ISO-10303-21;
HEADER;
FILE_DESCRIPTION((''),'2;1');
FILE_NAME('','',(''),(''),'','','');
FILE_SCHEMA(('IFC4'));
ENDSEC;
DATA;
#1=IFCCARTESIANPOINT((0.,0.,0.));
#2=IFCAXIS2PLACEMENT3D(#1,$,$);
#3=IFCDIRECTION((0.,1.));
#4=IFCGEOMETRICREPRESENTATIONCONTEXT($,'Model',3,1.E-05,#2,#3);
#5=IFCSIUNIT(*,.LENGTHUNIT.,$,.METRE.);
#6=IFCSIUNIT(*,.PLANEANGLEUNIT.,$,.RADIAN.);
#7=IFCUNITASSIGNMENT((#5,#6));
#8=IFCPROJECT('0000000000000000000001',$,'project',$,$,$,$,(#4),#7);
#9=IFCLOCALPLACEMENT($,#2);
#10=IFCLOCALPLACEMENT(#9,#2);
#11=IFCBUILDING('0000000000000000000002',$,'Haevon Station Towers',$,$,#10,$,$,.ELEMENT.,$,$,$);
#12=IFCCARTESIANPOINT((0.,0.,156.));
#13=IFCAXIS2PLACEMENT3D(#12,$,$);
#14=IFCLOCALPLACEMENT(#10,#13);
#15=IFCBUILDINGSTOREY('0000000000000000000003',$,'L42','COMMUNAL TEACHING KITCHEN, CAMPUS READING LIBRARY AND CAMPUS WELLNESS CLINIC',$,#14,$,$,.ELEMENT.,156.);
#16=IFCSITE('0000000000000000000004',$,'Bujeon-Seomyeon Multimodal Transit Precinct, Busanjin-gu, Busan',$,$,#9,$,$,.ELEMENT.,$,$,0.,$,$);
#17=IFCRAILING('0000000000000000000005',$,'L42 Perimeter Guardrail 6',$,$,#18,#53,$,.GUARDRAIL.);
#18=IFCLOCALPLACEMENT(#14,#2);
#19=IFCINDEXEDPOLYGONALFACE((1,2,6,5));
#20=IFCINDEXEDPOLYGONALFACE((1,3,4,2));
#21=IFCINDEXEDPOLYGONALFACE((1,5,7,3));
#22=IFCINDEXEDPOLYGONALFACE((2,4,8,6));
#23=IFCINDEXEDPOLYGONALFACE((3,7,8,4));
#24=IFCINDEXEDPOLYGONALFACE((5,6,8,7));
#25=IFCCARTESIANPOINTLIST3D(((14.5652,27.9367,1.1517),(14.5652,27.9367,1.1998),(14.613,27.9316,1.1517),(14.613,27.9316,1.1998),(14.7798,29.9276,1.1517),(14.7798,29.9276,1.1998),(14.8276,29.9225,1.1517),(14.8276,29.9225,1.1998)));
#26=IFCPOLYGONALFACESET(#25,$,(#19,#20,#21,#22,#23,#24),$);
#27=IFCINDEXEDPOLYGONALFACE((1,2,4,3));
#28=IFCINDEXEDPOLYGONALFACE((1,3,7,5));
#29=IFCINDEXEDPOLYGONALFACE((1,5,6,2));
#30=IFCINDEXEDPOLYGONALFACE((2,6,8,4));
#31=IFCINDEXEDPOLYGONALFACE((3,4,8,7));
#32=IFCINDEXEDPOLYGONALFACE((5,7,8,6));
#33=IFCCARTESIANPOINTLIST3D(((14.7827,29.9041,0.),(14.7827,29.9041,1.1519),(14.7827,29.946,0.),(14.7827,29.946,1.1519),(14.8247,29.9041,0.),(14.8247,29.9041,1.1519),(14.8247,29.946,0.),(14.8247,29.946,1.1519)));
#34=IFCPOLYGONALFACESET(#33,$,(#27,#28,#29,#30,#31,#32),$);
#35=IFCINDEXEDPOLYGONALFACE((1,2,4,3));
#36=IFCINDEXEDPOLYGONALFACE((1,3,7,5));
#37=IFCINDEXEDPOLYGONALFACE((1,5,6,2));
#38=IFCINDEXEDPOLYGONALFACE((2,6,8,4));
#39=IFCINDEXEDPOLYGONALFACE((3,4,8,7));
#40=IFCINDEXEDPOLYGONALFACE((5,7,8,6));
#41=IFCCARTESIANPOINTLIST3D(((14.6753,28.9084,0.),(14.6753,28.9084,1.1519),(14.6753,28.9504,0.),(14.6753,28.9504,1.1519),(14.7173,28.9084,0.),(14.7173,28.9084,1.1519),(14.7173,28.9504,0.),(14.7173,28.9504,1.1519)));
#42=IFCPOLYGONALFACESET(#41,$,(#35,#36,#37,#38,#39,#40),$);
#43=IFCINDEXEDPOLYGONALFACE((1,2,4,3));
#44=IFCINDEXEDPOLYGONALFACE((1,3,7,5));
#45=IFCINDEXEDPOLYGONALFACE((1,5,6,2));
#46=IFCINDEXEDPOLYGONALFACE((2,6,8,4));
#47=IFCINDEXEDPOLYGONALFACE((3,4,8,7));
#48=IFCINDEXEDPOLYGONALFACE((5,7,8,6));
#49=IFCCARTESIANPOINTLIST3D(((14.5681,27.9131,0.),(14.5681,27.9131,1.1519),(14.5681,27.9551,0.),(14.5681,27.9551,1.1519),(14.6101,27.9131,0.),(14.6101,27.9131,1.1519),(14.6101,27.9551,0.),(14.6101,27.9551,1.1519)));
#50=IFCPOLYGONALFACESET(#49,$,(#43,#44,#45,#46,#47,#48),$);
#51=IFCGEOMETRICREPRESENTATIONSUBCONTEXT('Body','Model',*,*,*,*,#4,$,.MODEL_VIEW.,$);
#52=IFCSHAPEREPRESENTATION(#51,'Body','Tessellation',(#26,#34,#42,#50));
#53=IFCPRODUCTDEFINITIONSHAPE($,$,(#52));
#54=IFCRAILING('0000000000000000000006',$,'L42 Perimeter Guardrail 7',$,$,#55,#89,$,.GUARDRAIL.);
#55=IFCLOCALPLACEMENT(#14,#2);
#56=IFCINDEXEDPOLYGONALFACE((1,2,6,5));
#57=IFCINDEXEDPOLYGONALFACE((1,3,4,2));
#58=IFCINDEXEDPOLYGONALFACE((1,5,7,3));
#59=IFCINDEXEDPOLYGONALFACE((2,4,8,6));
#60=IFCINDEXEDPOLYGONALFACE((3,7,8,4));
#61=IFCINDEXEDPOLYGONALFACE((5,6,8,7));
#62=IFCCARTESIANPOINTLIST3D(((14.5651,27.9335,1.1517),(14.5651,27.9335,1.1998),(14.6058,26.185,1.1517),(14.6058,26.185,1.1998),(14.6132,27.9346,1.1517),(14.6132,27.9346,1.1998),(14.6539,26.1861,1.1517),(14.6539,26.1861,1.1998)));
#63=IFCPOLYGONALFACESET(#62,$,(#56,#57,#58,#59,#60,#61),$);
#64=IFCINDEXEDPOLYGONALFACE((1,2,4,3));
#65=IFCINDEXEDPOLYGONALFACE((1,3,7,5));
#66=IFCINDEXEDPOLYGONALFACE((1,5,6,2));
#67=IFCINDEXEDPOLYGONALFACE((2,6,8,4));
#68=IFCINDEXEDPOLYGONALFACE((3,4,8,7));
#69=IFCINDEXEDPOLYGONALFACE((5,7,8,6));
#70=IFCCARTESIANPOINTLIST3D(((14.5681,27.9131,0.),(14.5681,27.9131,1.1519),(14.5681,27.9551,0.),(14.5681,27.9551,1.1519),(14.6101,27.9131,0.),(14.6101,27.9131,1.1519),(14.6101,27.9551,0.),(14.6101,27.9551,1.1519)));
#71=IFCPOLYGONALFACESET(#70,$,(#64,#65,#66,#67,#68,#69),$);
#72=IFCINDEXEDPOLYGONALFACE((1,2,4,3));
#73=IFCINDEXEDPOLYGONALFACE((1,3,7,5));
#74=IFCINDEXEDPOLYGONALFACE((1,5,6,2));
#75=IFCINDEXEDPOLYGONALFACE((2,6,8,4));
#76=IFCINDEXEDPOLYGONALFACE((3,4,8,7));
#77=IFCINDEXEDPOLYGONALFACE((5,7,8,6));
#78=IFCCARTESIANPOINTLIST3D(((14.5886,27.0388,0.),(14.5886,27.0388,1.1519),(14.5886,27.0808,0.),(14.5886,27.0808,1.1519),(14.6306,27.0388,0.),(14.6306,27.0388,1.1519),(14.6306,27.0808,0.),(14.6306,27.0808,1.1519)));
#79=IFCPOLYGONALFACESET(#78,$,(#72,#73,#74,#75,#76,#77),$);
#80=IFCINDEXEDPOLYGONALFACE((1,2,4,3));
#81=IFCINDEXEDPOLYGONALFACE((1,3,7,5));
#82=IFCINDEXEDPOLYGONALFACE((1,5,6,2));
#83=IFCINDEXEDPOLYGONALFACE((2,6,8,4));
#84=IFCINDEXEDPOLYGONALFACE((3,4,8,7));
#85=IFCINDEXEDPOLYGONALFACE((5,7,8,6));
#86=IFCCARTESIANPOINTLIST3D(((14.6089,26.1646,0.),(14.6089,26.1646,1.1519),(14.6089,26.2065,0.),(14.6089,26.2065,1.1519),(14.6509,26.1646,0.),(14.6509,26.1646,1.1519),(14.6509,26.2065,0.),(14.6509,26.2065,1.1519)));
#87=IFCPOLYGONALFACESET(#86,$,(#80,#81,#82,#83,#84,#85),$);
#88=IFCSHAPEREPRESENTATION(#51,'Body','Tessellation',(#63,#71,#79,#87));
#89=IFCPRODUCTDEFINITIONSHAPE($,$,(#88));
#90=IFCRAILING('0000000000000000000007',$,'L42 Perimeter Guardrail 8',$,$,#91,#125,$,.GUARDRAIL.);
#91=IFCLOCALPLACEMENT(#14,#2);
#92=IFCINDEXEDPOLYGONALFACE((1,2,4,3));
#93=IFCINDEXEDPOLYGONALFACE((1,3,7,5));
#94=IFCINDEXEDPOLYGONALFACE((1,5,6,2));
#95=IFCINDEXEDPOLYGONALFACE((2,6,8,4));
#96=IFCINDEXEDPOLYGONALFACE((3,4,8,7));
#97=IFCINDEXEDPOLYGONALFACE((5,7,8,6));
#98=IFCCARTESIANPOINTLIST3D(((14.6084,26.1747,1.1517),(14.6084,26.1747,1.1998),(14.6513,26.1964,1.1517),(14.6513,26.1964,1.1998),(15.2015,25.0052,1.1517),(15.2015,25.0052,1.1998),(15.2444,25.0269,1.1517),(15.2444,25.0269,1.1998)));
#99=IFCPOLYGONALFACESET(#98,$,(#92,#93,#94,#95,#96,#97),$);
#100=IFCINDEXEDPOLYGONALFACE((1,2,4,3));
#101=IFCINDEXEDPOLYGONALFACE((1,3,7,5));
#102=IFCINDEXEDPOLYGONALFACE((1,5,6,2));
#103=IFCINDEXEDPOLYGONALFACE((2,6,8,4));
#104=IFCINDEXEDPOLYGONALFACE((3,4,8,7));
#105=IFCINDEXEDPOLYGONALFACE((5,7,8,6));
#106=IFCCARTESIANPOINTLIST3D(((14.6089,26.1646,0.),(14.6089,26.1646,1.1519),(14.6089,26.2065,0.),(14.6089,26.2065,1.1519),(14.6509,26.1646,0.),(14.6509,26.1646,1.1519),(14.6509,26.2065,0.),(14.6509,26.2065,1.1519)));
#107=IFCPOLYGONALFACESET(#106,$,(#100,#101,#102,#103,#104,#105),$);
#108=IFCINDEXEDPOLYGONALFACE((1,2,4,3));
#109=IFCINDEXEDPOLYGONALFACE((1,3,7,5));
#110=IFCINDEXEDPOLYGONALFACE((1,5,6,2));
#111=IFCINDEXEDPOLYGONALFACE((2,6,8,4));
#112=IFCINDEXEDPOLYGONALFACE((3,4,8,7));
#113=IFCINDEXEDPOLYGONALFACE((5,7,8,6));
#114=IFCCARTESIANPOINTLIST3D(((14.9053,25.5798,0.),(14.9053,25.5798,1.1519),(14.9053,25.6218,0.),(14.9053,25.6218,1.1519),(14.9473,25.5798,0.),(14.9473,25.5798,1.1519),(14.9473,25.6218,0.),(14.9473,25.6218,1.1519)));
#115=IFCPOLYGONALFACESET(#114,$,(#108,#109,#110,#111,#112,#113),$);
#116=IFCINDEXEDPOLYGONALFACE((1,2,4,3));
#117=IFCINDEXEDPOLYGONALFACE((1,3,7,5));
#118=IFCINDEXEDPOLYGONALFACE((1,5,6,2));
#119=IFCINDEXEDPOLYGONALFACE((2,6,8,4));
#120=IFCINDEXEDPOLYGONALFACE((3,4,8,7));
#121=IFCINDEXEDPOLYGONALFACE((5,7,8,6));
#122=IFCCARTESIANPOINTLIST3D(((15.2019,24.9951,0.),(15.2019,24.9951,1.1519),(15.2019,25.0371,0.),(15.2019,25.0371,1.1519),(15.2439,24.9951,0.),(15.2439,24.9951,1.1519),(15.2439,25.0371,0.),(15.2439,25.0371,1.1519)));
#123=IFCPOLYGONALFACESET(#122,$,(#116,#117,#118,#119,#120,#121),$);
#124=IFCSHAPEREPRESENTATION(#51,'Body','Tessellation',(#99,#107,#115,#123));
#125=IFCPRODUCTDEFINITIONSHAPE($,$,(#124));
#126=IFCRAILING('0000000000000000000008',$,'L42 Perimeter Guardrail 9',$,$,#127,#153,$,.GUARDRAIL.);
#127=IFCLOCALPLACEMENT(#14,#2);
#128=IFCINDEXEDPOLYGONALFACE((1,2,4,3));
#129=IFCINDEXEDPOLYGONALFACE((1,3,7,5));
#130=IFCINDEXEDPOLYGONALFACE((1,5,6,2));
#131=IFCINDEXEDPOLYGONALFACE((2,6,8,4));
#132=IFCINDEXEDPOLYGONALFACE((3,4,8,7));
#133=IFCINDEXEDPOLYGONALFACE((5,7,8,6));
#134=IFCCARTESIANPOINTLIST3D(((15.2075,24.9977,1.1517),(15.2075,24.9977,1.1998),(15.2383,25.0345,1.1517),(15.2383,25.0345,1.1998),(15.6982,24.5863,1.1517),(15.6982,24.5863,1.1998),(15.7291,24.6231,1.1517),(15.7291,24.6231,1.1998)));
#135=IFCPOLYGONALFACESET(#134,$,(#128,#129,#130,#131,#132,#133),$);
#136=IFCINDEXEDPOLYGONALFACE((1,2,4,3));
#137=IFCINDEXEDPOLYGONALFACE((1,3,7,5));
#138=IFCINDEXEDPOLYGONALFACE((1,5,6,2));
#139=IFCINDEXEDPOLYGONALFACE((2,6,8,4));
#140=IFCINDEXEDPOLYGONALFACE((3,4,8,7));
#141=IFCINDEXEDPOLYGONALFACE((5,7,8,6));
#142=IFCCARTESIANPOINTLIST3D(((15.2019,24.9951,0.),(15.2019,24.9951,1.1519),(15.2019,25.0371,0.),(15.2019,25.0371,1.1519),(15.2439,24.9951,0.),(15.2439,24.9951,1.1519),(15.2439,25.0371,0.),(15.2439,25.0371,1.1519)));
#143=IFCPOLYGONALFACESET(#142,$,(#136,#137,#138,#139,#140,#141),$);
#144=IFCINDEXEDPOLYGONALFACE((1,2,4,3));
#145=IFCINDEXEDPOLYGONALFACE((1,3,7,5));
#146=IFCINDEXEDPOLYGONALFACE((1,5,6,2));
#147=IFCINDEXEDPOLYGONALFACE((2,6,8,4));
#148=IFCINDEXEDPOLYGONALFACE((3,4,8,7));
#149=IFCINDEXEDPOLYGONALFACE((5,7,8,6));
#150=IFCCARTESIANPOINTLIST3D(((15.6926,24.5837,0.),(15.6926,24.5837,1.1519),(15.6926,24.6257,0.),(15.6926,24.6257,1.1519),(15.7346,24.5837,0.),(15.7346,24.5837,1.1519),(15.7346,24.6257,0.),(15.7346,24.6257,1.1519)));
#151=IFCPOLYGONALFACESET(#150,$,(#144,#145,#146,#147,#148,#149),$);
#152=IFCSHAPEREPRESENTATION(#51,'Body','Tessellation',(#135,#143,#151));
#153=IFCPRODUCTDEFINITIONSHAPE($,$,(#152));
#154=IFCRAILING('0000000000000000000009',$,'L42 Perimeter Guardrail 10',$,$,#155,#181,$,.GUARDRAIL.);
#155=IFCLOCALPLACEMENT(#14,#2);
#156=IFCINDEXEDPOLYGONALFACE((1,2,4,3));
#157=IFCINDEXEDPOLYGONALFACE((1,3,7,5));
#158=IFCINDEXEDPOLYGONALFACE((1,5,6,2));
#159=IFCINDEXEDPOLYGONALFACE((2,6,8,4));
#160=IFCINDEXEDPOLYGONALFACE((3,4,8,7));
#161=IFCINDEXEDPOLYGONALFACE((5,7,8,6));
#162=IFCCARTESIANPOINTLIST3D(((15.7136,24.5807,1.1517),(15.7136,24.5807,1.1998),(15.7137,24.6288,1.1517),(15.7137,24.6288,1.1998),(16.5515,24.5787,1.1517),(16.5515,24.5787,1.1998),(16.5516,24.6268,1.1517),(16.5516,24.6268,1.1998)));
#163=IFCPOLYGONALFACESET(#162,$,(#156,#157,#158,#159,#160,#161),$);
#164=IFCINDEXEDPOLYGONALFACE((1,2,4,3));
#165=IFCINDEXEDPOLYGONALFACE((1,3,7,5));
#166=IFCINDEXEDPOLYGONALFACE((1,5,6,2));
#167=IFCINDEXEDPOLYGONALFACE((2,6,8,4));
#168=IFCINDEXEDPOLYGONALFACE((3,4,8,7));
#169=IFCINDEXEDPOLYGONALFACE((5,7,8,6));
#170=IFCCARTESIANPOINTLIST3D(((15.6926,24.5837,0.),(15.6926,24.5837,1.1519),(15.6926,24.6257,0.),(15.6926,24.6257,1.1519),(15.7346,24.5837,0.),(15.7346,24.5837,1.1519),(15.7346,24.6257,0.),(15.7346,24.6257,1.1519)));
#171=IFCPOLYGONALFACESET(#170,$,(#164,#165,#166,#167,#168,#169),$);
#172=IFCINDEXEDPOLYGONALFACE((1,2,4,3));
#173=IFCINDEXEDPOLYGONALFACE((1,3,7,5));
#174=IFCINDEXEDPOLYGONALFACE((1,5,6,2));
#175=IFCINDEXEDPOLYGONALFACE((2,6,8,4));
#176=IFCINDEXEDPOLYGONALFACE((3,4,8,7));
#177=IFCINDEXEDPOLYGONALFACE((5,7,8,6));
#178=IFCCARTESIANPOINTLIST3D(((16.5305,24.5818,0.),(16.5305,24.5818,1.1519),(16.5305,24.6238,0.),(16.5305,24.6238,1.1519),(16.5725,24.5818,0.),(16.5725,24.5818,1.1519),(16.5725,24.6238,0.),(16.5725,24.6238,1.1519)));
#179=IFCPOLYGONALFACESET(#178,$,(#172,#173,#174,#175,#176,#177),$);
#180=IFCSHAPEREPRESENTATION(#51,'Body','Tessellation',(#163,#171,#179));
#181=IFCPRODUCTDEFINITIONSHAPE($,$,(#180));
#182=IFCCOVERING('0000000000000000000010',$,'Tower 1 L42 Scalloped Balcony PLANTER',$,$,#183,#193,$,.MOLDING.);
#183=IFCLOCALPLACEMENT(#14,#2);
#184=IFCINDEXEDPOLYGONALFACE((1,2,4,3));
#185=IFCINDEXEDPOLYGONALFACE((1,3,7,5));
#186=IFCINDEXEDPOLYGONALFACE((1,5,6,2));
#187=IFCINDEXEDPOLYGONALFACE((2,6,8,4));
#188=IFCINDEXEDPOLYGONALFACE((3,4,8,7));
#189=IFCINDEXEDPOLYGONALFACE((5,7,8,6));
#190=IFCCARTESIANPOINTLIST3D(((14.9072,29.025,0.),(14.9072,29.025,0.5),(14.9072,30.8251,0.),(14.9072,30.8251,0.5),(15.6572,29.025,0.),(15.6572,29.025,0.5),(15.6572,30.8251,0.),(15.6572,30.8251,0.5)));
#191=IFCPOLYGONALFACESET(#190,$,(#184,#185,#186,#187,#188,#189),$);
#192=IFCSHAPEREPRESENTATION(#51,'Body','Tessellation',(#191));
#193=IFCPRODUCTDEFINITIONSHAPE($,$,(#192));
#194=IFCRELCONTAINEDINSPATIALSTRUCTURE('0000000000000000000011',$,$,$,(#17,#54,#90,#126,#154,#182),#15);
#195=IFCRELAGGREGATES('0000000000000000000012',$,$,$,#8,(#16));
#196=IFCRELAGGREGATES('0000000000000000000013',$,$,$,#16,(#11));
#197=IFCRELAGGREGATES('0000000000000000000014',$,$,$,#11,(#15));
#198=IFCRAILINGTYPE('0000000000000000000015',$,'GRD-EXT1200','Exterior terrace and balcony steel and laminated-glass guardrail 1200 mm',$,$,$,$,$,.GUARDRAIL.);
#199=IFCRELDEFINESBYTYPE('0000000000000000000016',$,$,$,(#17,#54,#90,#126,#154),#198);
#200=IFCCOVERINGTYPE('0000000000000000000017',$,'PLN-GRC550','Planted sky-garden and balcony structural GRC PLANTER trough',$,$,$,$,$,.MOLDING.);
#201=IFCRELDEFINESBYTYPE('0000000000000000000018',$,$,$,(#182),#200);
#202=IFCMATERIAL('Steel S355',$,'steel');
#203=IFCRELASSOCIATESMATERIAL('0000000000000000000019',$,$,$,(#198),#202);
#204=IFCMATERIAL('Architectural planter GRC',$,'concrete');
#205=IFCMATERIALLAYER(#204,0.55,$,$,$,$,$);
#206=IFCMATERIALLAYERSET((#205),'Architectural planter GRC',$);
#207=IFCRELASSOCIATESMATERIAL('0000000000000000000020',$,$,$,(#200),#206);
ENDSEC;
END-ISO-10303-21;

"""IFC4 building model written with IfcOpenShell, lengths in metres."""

from ifc_helpers import new_model, si_unit, direction, frame, origin, origin_2d, place, context, subcontext, project, spatial, rectangle, extrude, material, layer, layer_set, type_object, element, save


model = new_model("IFC4")

# Units and contexts
model_context = context("Model", 3, precision=1e-05, world=origin(), true_north=direction((0.0, 1.0)))
body_context = subcontext(model_context, "Body", "Model", "MODEL_VIEW")
ifc_project = project(units=[si_unit("LENGTHUNIT", "METRE"), si_unit("PLANEANGLEUNIT", "RADIAN")], contexts=[model_context])

# Site, building, storey
site_placement = place(None, origin())
site = spatial("IfcSite", under=ifc_project, at=site_placement, Name="Bujeon-Seomyeon Multimodal Transit Precinct, Busanjin-gu, Busan", CompositionType="ELEMENT", RefElevation=0.0)
building_placement = place(site_placement, origin())
building = spatial("IfcBuilding", under=site, at=building_placement, Name="Haevon Station Towers", CompositionType="ELEMENT")
storey_placement = place(building_placement, frame((0.0, 0.0, 156.0)))
storey = spatial("IfcBuildingStorey", under=building, at=storey_placement, Name="L42", Description="COMMUNAL TEACHING KITCHEN, CAMPUS READING LIBRARY AND CAMPUS WELLNESS CLINIC", CompositionType="ELEMENT", Elevation=156.0)

# Shared definitions
ifc_material_1 = material(Name="Steel S355", Category="steel")

# Railings
railing_type = type_object("IfcRailingType", Name="GRD-EXT1200", Description="Exterior terrace and balcony steel and laminated-glass guardrail 1200 mm", PredefinedType="GUARDRAIL", material=ifc_material_1)
railing_1_placement = place(storey_placement, frame((14.8037, 29.925, 0.0)))
element("IfcRailing", 1, at=railing_1_placement, inside=storey, type_object=railing_type, Name="L42 Perimeter Guardrail 6", PredefinedType="GUARDRAIL", context=body_context, shape_type="SweptSolid", body=[
    extrude(rectangle(XDim=0.0481, YDim=0.0481, at=origin_2d()), frame((0.0, 0.0, 1.1758), z_axis=(-0.107166, -0.994241, 0.0), x_axis=(0.994241, -0.107166, 0.0)), (0.0, 0.0, 1.0), 2.0024),
    extrude(rectangle(XDim=0.042, YDim=0.042, at=origin_2d()), origin(), (0.0, 0.0, 1.0), 1.1519),
    extrude(rectangle(XDim=0.042, YDim=0.042, at=origin_2d()), frame((-0.1074, -0.9956, 0.0)), (0.0, 0.0, 1.0), 1.1519),
    extrude(rectangle(XDim=0.042, YDim=0.042, at=origin_2d()), frame((-0.2146, -1.991, 0.0)), (0.0, 0.0, 1.0), 1.1519),
])
railing_2_placement = place(storey_placement, frame((14.5891, 27.9341, 0.0)))
element("IfcRailing", 2, at=railing_2_placement, inside=storey, type_object=railing_type, Name="L42 Perimeter Guardrail 7", PredefinedType="GUARDRAIL", context=body_context, shape_type="SweptSolid", body=[
    extrude(rectangle(XDim=0.0481, YDim=0.0481, at=origin_2d()), frame((0.0, 0.0, 1.1758), z_axis=(0.023311, -0.999728, 0.0), x_axis=(0.999728, 0.023311, 0.0)), (0.0, 0.0, 1.0), 1.749),
    extrude(rectangle(XDim=0.042, YDim=0.042, at=origin_2d()), origin(), (0.0, 0.0, 1.0), 1.1519),
    extrude(rectangle(XDim=0.042, YDim=0.042, at=origin_2d()), frame((0.0205, -0.8743, 0.0)), (0.0, 0.0, 1.0), 1.1519),
    extrude(rectangle(XDim=0.042, YDim=0.042, at=origin_2d()), frame((0.0408, -1.7485, 0.0)), (0.0, 0.0, 1.0), 1.1519),
])
railing_3_placement = place(storey_placement, frame((14.6299, 26.1855, 0.0)))
element("IfcRailing", 3, at=railing_3_placement, inside=storey, type_object=railing_type, Name="L42 Perimeter Guardrail 8", PredefinedType="GUARDRAIL", context=body_context, shape_type="SweptSolid", body=[
    extrude(rectangle(XDim=0.0481, YDim=0.0481, at=origin_2d()), frame((0.0, 0.0, 1.1758), z_axis=(0.452271, -0.891881, 0.0), x_axis=(0.891881, 0.452271, 0.0)), (0.0, 0.0, 1.0), 1.3113),
    extrude(rectangle(XDim=0.042, YDim=0.042, at=origin_2d()), origin(), (0.0, 0.0, 1.0), 1.1519),
    extrude(rectangle(XDim=0.042, YDim=0.042, at=origin_2d()), frame((0.2964, -0.5847, 0.0)), (0.0, 0.0, 1.0), 1.1519),
    extrude(rectangle(XDim=0.042, YDim=0.042, at=origin_2d()), frame((0.593, -1.1694, 0.0)), (0.0, 0.0, 1.0), 1.1519),
])
railing_4_placement = place(storey_placement, frame((15.2229, 25.0161, 0.0)))
element("IfcRailing", 4, at=railing_4_placement, inside=storey, type_object=railing_type, Name="L42 Perimeter Guardrail 9", PredefinedType="GUARDRAIL", context=body_context, shape_type="SweptSolid", body=[
    extrude(rectangle(XDim=0.0481, YDim=0.0481, at=origin_2d()), frame((0.0, 0.0, 1.1758), z_axis=(0.766343, -0.642432, 0.0), x_axis=(0.642432, 0.766343, 0.0)), (0.0, 0.0, 1.0), 0.6404),
    extrude(rectangle(XDim=0.042, YDim=0.042, at=origin_2d()), origin(), (0.0, 0.0, 1.0), 1.1519),
    extrude(rectangle(XDim=0.042, YDim=0.042, at=origin_2d()), frame((0.4907, -0.4114, 0.0)), (0.0, 0.0, 1.0), 1.1519),
])
railing_5_placement = place(storey_placement, frame((15.7136, 24.6047, 0.0)))
element("IfcRailing", 5, at=railing_5_placement, inside=storey, type_object=railing_type, Name="L42 Perimeter Guardrail 10", PredefinedType="GUARDRAIL", context=body_context, shape_type="SweptSolid", body=[
    extrude(rectangle(XDim=0.0481, YDim=0.0481, at=origin_2d()), frame((0.0, 0.0, 1.1758), z_axis=(0.999997, -0.002331, 0.0), x_axis=(0.002331, 0.999997, 0.0)), (0.0, 0.0, 1.0), 0.8379),
    extrude(rectangle(XDim=0.042, YDim=0.042, at=origin_2d()), origin(), (0.0, 0.0, 1.0), 1.1519),
    extrude(rectangle(XDim=0.042, YDim=0.042, at=origin_2d()), frame((0.8379, -0.002, 0.0)), (0.0, 0.0, 1.0), 1.1519),
])

# Covering
ifc_material_2 = material(Name="Architectural planter GRC", Category="concrete")
ifc_layer_1 = layer(ifc_material_2, 0.55)
ifc_layer_set_1 = layer_set([ifc_layer_1], Name="Architectural planter GRC")
covering_type = type_object("IfcCoveringType", Name="PLN-GRC550", Description="Planted sky-garden and balcony structural GRC PLANTER trough", PredefinedType="MOLDING", material=ifc_layer_set_1)
covering_placement = place(storey_placement, frame((15.2822, 29.925, 0.0), z_axis=(0.0, 0.0, 1.0), x_axis=(1.0, 0.0, 0.0)))
element("IfcCovering", 6, at=covering_placement, inside=storey, type_object=covering_type, Name="Tower 1 L42 Scalloped Balcony PLANTER", PredefinedType="MOLDING", context=body_context, shape_type="SweptSolid", body=[
    extrude(rectangle(XDim=0.75, YDim=1.8, at=origin_2d()), origin(), (0.0, 0.0, 1.0), 0.5),
])

save(model, "model.ifc")
